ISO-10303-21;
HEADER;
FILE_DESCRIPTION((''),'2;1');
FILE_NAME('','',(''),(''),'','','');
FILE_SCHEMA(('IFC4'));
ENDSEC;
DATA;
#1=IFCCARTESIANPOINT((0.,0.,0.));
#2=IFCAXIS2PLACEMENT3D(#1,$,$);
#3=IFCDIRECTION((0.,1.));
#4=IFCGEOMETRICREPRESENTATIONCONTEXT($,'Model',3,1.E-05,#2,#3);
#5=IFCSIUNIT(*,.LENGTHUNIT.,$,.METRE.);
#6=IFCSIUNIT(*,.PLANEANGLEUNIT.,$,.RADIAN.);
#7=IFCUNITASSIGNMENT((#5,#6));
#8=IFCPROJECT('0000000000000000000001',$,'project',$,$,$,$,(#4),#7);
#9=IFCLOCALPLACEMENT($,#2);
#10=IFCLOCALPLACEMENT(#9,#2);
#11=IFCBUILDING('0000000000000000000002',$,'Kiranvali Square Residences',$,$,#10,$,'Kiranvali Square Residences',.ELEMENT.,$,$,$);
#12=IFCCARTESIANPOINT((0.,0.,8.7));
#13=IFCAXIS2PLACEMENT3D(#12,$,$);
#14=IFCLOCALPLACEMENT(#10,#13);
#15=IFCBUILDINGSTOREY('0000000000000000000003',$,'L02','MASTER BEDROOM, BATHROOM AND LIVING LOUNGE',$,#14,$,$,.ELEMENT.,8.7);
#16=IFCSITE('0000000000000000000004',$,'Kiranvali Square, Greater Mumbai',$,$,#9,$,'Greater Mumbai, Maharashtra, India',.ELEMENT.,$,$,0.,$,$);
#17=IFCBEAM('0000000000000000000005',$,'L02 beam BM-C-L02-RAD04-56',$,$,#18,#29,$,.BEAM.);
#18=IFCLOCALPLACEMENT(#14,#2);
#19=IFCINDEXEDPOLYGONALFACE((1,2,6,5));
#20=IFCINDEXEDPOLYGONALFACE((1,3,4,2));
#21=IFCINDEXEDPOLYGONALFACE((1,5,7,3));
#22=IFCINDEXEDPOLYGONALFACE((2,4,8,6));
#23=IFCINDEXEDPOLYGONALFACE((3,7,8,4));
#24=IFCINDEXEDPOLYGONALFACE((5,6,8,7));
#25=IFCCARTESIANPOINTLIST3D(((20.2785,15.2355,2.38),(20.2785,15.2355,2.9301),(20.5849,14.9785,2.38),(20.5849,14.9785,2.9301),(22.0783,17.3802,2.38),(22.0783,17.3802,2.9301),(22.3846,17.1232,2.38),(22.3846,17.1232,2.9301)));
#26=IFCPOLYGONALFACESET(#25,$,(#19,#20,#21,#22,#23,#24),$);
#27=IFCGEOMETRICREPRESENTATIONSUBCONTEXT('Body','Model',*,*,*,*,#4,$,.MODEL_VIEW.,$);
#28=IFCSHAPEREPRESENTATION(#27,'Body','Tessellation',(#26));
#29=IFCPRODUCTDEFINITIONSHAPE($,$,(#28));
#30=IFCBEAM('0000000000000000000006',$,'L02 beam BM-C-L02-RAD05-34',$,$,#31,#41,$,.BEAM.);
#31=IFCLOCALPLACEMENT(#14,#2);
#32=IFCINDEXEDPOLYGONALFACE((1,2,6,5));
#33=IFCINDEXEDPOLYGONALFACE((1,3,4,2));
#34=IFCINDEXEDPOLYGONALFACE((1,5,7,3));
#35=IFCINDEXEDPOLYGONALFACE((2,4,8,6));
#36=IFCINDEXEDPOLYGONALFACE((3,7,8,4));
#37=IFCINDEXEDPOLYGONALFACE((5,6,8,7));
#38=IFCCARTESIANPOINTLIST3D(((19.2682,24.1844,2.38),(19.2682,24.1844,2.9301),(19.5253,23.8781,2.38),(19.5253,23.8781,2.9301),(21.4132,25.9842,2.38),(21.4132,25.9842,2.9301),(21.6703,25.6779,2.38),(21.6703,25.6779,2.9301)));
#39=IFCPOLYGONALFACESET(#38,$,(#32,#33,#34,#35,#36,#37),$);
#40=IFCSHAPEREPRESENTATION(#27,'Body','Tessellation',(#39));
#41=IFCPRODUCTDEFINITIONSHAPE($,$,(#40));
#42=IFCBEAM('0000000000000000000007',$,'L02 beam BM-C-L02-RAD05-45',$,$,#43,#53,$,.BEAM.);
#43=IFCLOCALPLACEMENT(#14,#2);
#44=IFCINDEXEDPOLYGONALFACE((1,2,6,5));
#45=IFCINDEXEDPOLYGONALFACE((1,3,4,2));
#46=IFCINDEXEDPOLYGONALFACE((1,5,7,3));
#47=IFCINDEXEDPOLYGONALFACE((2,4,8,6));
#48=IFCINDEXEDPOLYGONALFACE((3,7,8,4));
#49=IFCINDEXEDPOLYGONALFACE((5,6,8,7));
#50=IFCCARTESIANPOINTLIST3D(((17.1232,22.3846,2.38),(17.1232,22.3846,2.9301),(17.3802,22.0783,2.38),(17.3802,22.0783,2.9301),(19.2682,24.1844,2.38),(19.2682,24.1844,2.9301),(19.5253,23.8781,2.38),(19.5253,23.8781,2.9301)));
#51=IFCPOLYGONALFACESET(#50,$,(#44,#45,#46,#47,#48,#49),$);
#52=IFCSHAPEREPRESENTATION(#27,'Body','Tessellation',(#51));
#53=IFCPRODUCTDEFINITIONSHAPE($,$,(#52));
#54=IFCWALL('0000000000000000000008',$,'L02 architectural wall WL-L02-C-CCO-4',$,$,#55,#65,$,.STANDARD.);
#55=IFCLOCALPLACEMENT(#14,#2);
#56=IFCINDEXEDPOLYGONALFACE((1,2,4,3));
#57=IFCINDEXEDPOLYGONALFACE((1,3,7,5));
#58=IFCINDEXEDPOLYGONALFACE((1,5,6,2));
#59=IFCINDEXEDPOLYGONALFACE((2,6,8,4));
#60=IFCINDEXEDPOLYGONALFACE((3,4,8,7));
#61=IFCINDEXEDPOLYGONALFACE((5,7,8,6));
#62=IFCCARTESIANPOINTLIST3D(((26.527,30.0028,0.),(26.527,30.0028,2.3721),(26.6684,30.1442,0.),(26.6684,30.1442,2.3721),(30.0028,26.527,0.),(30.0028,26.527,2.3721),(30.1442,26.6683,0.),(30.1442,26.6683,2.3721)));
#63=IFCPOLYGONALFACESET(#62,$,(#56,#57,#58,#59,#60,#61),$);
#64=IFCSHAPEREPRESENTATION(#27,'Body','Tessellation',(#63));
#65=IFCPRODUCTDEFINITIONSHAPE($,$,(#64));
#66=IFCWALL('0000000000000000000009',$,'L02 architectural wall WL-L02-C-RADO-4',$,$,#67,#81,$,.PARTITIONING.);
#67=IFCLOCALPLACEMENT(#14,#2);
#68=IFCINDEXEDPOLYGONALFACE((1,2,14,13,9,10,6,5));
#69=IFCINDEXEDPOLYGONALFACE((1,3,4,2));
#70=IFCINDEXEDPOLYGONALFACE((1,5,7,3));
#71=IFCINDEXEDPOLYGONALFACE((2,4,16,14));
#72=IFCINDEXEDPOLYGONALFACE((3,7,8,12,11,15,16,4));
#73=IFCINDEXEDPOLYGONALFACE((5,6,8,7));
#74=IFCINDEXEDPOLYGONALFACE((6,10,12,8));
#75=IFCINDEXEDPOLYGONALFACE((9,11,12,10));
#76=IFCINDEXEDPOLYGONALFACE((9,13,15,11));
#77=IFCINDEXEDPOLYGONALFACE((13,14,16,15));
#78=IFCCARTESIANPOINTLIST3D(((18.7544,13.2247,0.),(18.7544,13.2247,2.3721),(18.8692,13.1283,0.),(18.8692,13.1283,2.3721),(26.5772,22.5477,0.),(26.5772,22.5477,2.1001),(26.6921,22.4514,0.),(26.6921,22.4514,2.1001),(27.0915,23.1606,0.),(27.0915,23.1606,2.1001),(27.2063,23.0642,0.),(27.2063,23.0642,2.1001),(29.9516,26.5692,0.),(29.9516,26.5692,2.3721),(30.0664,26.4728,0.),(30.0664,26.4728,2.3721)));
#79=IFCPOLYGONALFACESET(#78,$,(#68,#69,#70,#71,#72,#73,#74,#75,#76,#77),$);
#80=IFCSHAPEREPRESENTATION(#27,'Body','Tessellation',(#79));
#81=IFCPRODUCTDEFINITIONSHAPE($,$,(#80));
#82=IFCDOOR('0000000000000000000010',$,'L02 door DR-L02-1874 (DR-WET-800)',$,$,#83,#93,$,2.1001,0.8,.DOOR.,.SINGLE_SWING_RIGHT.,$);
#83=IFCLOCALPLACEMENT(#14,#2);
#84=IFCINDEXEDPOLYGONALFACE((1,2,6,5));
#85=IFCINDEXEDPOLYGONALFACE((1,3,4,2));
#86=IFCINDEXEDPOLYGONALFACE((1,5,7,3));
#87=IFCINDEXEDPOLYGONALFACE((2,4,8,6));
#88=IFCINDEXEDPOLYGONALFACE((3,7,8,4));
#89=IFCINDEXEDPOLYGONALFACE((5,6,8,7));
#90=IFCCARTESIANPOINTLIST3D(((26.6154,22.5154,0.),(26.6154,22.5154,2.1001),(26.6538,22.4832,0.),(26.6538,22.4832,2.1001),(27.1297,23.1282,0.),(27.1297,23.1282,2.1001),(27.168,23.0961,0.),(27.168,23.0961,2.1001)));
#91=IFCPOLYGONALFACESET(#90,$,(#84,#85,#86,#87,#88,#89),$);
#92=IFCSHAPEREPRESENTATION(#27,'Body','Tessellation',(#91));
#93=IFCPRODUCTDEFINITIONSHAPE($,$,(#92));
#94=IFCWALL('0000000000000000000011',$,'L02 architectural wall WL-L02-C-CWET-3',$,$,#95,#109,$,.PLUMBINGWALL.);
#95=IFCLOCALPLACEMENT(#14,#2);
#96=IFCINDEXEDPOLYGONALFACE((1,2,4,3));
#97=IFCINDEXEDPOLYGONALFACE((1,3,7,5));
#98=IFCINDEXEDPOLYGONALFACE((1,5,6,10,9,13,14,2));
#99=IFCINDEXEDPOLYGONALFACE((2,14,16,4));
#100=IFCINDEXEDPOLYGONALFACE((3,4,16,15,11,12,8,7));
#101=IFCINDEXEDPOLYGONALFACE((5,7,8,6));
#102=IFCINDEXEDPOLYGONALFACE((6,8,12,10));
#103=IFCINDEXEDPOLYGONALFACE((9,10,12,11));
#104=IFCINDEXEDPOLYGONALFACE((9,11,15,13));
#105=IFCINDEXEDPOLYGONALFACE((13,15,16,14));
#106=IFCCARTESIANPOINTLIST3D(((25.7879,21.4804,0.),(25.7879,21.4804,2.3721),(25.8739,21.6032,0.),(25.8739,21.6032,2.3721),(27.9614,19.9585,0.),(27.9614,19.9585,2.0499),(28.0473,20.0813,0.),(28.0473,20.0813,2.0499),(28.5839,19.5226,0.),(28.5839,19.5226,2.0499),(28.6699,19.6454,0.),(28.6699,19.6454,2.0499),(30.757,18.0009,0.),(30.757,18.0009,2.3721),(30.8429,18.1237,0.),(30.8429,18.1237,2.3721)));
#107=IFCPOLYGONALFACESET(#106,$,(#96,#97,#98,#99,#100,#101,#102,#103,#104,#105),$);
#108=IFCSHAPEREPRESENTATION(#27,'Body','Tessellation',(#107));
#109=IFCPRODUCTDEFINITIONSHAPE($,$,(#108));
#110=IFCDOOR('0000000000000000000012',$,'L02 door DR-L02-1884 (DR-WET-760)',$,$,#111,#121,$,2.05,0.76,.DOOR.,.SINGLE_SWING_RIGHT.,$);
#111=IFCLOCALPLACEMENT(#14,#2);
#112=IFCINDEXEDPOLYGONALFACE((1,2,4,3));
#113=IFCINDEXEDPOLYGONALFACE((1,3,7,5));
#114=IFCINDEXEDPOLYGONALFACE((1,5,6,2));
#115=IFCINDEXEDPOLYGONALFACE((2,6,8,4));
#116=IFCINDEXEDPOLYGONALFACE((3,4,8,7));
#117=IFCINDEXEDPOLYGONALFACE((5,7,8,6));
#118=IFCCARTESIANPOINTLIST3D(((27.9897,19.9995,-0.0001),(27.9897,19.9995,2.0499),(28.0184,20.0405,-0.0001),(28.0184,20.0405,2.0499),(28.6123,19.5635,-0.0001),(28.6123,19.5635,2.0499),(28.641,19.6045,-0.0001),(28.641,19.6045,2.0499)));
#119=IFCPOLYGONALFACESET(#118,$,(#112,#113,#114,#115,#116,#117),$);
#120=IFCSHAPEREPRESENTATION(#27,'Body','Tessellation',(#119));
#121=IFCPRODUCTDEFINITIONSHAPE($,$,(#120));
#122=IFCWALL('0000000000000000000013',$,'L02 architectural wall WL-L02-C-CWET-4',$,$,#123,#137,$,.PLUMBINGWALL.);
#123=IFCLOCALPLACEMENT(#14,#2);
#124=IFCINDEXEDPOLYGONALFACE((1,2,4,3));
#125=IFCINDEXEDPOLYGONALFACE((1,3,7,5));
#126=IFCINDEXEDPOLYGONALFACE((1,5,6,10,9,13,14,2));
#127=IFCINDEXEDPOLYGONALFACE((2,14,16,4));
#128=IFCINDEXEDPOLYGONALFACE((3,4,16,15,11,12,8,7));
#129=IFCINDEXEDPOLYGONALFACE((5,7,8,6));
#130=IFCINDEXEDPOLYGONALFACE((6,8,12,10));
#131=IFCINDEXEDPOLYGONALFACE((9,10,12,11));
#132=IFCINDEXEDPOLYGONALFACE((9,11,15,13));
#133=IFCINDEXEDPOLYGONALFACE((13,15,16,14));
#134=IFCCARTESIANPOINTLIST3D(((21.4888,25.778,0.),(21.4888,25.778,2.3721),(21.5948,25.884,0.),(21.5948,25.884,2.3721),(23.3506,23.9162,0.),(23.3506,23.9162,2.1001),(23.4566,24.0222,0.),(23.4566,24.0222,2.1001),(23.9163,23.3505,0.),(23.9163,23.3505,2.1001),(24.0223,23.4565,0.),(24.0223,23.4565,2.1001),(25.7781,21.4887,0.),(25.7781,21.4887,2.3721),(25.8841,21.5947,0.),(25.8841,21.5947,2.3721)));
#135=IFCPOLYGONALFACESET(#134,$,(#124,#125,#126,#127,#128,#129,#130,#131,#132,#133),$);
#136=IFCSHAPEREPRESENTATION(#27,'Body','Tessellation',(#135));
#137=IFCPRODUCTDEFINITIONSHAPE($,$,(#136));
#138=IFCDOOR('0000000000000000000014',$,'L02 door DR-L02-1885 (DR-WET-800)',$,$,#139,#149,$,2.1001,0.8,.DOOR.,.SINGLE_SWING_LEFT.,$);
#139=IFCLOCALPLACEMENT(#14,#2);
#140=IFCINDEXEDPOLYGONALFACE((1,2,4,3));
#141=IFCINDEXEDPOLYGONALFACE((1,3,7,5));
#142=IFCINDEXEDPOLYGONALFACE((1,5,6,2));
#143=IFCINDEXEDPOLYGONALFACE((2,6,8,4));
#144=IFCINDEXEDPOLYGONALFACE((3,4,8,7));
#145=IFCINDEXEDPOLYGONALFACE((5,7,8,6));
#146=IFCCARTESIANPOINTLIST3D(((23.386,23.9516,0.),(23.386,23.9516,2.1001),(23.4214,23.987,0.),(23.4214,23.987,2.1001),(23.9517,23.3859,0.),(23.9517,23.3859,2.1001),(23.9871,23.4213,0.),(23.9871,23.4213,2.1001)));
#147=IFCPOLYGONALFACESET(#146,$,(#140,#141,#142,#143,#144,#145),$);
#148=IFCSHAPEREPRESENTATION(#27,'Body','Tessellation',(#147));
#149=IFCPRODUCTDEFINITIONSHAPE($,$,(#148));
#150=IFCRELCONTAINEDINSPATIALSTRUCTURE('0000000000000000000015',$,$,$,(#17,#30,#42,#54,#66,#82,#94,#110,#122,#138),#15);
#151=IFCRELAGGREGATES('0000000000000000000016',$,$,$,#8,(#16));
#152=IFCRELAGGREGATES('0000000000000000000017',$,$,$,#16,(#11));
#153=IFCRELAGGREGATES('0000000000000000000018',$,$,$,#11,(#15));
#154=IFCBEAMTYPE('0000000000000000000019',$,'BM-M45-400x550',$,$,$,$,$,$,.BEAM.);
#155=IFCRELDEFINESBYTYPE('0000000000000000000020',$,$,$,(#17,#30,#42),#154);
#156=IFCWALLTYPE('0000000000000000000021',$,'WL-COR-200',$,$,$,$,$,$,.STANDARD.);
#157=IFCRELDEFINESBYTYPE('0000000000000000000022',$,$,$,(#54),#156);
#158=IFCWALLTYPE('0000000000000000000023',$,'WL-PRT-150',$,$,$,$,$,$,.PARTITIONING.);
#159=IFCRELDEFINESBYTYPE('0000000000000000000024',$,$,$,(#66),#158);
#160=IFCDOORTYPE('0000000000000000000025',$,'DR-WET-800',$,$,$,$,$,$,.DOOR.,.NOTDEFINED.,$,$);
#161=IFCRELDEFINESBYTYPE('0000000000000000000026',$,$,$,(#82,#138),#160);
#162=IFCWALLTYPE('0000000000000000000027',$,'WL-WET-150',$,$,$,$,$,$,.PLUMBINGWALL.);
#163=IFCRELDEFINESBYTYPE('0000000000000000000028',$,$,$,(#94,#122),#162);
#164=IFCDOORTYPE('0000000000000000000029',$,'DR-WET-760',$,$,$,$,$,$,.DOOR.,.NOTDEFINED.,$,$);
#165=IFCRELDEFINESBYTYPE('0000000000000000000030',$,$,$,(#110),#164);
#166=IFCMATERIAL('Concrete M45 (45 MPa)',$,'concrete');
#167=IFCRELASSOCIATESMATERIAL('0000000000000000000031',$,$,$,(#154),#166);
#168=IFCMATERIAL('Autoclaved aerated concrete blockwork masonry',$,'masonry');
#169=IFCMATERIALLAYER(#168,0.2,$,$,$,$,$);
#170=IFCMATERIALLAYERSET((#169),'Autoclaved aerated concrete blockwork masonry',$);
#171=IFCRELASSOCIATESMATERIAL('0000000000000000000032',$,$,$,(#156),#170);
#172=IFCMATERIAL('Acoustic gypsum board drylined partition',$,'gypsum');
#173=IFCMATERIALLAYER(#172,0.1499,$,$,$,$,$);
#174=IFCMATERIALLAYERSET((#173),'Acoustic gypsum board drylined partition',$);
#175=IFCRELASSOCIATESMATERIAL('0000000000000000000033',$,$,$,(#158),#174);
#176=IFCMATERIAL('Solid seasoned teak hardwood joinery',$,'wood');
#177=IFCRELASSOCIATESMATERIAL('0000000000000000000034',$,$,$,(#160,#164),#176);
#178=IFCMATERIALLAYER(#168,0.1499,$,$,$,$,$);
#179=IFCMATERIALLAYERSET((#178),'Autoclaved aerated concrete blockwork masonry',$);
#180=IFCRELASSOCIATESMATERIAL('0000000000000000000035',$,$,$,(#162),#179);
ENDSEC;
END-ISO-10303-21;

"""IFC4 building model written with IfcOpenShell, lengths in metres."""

from ifc_helpers import new_model, si_unit, direction, frame, frame_2d, origin, origin_2d, place, context, subcontext, project, spatial, rectangle, extrude, material, layer, layer_set, material_profile, profile_set, type_object, element, fill, save


model = new_model("IFC4")

# Units and contexts
model_context = context("Model", 3, precision=1e-05, world=origin(), true_north=direction((0.0, 1.0)))
body_context = subcontext(model_context, "Body", "Model", "MODEL_VIEW")
ifc_project = project(units=[si_unit("LENGTHUNIT", "METRE"), si_unit("PLANEANGLEUNIT", "RADIAN")], contexts=[model_context])

# Site, building, storey
site_placement = place(None, origin())
site = spatial("IfcSite", under=ifc_project, at=site_placement, Name="Kiranvali Square, Greater Mumbai", LongName="Greater Mumbai, Maharashtra, India", CompositionType="ELEMENT", RefElevation=0.0)
building_placement = place(site_placement, origin())
building = spatial("IfcBuilding", under=site, at=building_placement, Name="Kiranvali Square Residences", LongName="Kiranvali Square Residences", CompositionType="ELEMENT")
storey_placement = place(building_placement, frame((0.0, 0.0, 8.7)))
storey = spatial("IfcBuildingStorey", under=building, at=storey_placement, Name="L02", Description="MASTER BEDROOM, BATHROOM AND LIVING LOUNGE", CompositionType="ELEMENT", Elevation=8.7)

# Shared definitions
ifc_material_1 = material(Name="Concrete M45 (45 MPa)", Category="concrete")

# Beams
ifc_material_profile_1 = material_profile(ifc_material_1, rectangle(XDim=0.3999, YDim=0.55, at=origin_2d()), Name="RC 400x550")
ifc_profile_set_1 = profile_set([ifc_material_profile_1], Name="Concrete M45 (45 MPa)")
beam_type = type_object("IfcBeamType", Name="BM-M45-400x550", PredefinedType="BEAM", material=ifc_profile_set_1)
beam_1_placement = place(storey_placement, frame((22.2314, 17.2517, 2.655), z_axis=(-0.642814, -0.766023, 0.0), x_axis=(0.766023, -0.642814, 0.0)))
element("IfcBeam", 1, at=beam_1_placement, inside=storey, type_object=beam_type, Name="L02 beam BM-C-L02-RAD04-56", PredefinedType="BEAM", context=body_context, shape_type="SweptSolid", body=[
    extrude(rectangle(XDim=0.3999, YDim=0.55, at=origin_2d()), origin(), (0.0, 0.0, 1.0), 2.7998),
])
for number, where, z_axis, x_axis, name in (
    (2, (21.5417, 25.8311, 2.655), (-0.766059, -0.642771, 0.0), (0.642771, -0.766059, 0.0), "L02 beam BM-C-L02-RAD05-34"),
    (3, (19.3967, 24.0312, 2.655), (-0.766059, -0.642771, 0.0), (0.642771, -0.766059, 0.0), "L02 beam BM-C-L02-RAD05-45"),
):
    element("IfcBeam", number, at=place(storey_placement, frame(where, z_axis=z_axis, x_axis=x_axis)), inside=storey, type_object=beam_type, Name=name, PredefinedType="BEAM", context=body_context, shape_type="SweptSolid", body=[
        extrude(rectangle(XDim=0.3999, YDim=0.55, at=origin_2d()), origin(), (0.0, 0.0, 1.0), 2.8),
    ])

# Wall
ifc_material_2 = material(Name="Autoclaved aerated concrete blockwork masonry", Category="masonry")
ifc_layer_1 = layer(ifc_material_2, 0.2)
ifc_layer_set_1 = layer_set([ifc_layer_1], Name="Autoclaved aerated concrete blockwork masonry")
wall_type_1 = type_object("IfcWallType", Name="WL-COR-200", PredefinedType="STANDARD", material=ifc_layer_set_1)
wall_1_placement = place(storey_placement, frame((30.0735, 26.5977, 0.0), z_axis=(0.0, 0.0, 1.0), x_axis=(-0.707107, 0.707107, 0.0)))
element("IfcWall", 4, at=wall_1_placement, inside=storey, type_object=wall_type_1, Name="L02 architectural wall WL-L02-C-CCO-4", PredefinedType="STANDARD", context=body_context, shape_type="SweptSolid", body=[
    extrude(rectangle(XDim=4.9155, YDim=0.2, at=frame_2d((2.4578, 0.0))), origin(), (0.0, 0.0, 1.0), 2.3721),
])

# Walls, openings, doors
ifc_material_3 = material(Name="Acoustic gypsum board drylined partition", Category="gypsum")
ifc_layer_2 = layer(ifc_material_3, 0.1499)
ifc_layer_set_2 = layer_set([ifc_layer_2], Name="Acoustic gypsum board drylined partition")
wall_type_2 = type_object("IfcWallType", Name="WL-PRT-150", PredefinedType="PARTITIONING", material=ifc_layer_set_2)
wall_2_placement = place(storey_placement, frame((30.009, 26.521, 0.0), z_axis=(0.0, 0.0, 1.0), x_axis=(-0.642785, -0.766047, 0.0)))
wall_2 = element("IfcWall", 5, at=wall_2_placement, inside=storey, type_object=wall_type_2, Name="L02 architectural wall WL-L02-C-RADO-4", PredefinedType="PARTITIONING", context=body_context, shape_type="SweptSolid", body=[
    extrude(rectangle(XDim=17.4199, YDim=0.1499, at=frame_2d((8.71, 0.0))), origin(), (0.0, 0.0, 1.0), 2.3721),
])
opening_1_placement = place(wall_2_placement, frame((4.4497, 0.0, 0.0)))
opening_1 = element("IfcOpeningElement", 6, at=opening_1_placement, cuts=wall_2, PredefinedType="OPENING", context=body_context, shape_type="SweptSolid", body=[
    extrude(rectangle(XDim=0.8, YDim=2.1001, at=frame_2d((0.3999, 1.05))), frame((0.0, 0.085, 0.0), z_axis=(0.0, -1.0, 0.0), x_axis=(1.0, 0.0, 0.0)), (0.0, 0.0, 1.0), 0.1699),
])
ifc_material_4 = material(Name="Solid seasoned teak hardwood joinery", Category="wood")
door_type_1 = type_object("IfcDoorType", Name="DR-WET-800", OperationType="NOTDEFINED", PredefinedType="DOOR", material=ifc_material_4)
door_1_placement = place(opening_1_placement, frame((0.8, 0.0, 0.0), z_axis=(0.0, 0.0, 1.0), x_axis=(-1.0, 0.0, 0.0)))
door_1 = element("IfcDoor", 7, at=door_1_placement, inside=storey, type_object=door_type_1, Name="L02 door DR-L02-1874 (DR-WET-800)", OperationType="SINGLE_SWING_RIGHT", OverallHeight=2.1001, OverallWidth=0.8, PredefinedType="DOOR", context=body_context, shape_type="SweptSolid", body=[
    extrude(rectangle(XDim=0.8, YDim=2.1001, at=frame_2d((0.3999, 1.05))), frame((0.0, 0.0249, 0.0), z_axis=(0.0, -1.0, 0.0), x_axis=(1.0, 0.0, 0.0)), (0.0, 0.0, 1.0), 0.05),
])
fill(opening_1, door_1)
ifc_layer_3 = layer(ifc_material_2, 0.1499)
ifc_layer_set_3 = layer_set([ifc_layer_3], Name="Autoclaved aerated concrete blockwork masonry")
wall_type_3 = type_object("IfcWallType", Name="WL-WET-150", PredefinedType="PLUMBINGWALL", material=ifc_layer_set_3)
wall_3_placement = place(storey_placement, frame((30.8, 18.0623, 0.0), z_axis=(0.0, 0.0, 1.0), x_axis=(-0.819139, 0.573595, 0.0)))
wall_3 = element("IfcWall", 8, at=wall_3_placement, inside=storey, type_object=wall_type_3, Name="L02 architectural wall WL-L02-C-CWET-3", PredefinedType="PLUMBINGWALL", context=body_context, shape_type="SweptSolid", body=[
    extrude(rectangle(XDim=6.0662, YDim=0.1499, at=frame_2d((3.0332, 0.0))), origin(), (0.0, 0.0, 1.0), 2.3721),
])
opening_2_placement = place(wall_3_placement, frame((2.6531, 0.0, 0.0)))
opening_2 = element("IfcOpeningElement", 9, at=opening_2_placement, cuts=wall_3, PredefinedType="OPENING", context=body_context, shape_type="SweptSolid", body=[
    extrude(rectangle(XDim=0.76, YDim=2.05, at=frame_2d((0.3799, 1.0249))), frame((0.0, 0.085, 0.0), z_axis=(0.0, -1.0, 0.0), x_axis=(1.0, 0.0, 0.0)), (0.0, 0.0, 1.0), 0.1699),
])
door_type_2 = type_object("IfcDoorType", Name="DR-WET-760", OperationType="NOTDEFINED", PredefinedType="DOOR", material=ifc_material_4)
door_2_placement = place(opening_2_placement, frame((0.76, 0.0, 0.0), z_axis=(0.0, 0.0, 1.0), x_axis=(-1.0, 0.0, 0.0)))
door_2 = element("IfcDoor", 10, at=door_2_placement, inside=storey, type_object=door_type_2, Name="L02 door DR-L02-1884 (DR-WET-760)", OperationType="SINGLE_SWING_RIGHT", OverallHeight=2.05, OverallWidth=0.76, PredefinedType="DOOR", context=body_context, shape_type="SweptSolid", body=[
    extrude(rectangle(XDim=0.76, YDim=2.05, at=frame_2d((0.3799, 1.0249))), frame((0.0, 0.0249, 0.0), z_axis=(0.0, -1.0, 0.0), x_axis=(1.0, 0.0, 0.0)), (0.0, 0.0, 1.0), 0.05),
])
fill(opening_2, door_2)
wall_4_placement = place(storey_placement, frame((25.8311, 21.5417, 0.0), z_axis=(0.0, 0.0, 1.0), x_axis=(-0.707107, 0.707107, 0.0)))
wall_4 = element("IfcWall", 11, at=wall_4_placement, inside=storey, type_object=wall_type_3, Name="L02 architectural wall WL-L02-C-CWET-4", PredefinedType="PLUMBINGWALL", context=body_context, shape_type="SweptSolid", body=[
    extrude(rectangle(XDim=6.0659, YDim=0.1499, at=frame_2d((3.033, 0.0))), origin(), (0.0, 0.0, 1.0), 2.3721),
])
opening_3_placement = place(wall_4_placement, frame((2.6331, 0.0, 0.0)))
opening_3 = element("IfcOpeningElement", 12, at=opening_3_placement, cuts=wall_4, PredefinedType="OPENING", context=body_context, shape_type="SweptSolid", body=[
    extrude(rectangle(XDim=0.8, YDim=2.1001, at=frame_2d((0.3999, 1.05))), frame((0.0, 0.085, 0.0), z_axis=(0.0, -1.0, 0.0), x_axis=(1.0, 0.0, 0.0)), (0.0, 0.0, 1.0), 0.1699),
])
door_3_placement = place(opening_3_placement, origin())
door_3 = element("IfcDoor", 13, at=door_3_placement, inside=storey, type_object=door_type_1, Name="L02 door DR-L02-1885 (DR-WET-800)", OperationType="SINGLE_SWING_LEFT", OverallHeight=2.1001, OverallWidth=0.8, PredefinedType="DOOR", context=body_context, shape_type="SweptSolid", body=[
    extrude(rectangle(XDim=0.8, YDim=2.1001, at=frame_2d((0.3999, 1.05))), frame((0.0, 0.0249, 0.0), z_axis=(0.0, -1.0, 0.0), x_axis=(1.0, 0.0, 0.0)), (0.0, 0.0, 1.0), 0.05),
])
fill(opening_3, door_3)

save(model, "model.ifc")
